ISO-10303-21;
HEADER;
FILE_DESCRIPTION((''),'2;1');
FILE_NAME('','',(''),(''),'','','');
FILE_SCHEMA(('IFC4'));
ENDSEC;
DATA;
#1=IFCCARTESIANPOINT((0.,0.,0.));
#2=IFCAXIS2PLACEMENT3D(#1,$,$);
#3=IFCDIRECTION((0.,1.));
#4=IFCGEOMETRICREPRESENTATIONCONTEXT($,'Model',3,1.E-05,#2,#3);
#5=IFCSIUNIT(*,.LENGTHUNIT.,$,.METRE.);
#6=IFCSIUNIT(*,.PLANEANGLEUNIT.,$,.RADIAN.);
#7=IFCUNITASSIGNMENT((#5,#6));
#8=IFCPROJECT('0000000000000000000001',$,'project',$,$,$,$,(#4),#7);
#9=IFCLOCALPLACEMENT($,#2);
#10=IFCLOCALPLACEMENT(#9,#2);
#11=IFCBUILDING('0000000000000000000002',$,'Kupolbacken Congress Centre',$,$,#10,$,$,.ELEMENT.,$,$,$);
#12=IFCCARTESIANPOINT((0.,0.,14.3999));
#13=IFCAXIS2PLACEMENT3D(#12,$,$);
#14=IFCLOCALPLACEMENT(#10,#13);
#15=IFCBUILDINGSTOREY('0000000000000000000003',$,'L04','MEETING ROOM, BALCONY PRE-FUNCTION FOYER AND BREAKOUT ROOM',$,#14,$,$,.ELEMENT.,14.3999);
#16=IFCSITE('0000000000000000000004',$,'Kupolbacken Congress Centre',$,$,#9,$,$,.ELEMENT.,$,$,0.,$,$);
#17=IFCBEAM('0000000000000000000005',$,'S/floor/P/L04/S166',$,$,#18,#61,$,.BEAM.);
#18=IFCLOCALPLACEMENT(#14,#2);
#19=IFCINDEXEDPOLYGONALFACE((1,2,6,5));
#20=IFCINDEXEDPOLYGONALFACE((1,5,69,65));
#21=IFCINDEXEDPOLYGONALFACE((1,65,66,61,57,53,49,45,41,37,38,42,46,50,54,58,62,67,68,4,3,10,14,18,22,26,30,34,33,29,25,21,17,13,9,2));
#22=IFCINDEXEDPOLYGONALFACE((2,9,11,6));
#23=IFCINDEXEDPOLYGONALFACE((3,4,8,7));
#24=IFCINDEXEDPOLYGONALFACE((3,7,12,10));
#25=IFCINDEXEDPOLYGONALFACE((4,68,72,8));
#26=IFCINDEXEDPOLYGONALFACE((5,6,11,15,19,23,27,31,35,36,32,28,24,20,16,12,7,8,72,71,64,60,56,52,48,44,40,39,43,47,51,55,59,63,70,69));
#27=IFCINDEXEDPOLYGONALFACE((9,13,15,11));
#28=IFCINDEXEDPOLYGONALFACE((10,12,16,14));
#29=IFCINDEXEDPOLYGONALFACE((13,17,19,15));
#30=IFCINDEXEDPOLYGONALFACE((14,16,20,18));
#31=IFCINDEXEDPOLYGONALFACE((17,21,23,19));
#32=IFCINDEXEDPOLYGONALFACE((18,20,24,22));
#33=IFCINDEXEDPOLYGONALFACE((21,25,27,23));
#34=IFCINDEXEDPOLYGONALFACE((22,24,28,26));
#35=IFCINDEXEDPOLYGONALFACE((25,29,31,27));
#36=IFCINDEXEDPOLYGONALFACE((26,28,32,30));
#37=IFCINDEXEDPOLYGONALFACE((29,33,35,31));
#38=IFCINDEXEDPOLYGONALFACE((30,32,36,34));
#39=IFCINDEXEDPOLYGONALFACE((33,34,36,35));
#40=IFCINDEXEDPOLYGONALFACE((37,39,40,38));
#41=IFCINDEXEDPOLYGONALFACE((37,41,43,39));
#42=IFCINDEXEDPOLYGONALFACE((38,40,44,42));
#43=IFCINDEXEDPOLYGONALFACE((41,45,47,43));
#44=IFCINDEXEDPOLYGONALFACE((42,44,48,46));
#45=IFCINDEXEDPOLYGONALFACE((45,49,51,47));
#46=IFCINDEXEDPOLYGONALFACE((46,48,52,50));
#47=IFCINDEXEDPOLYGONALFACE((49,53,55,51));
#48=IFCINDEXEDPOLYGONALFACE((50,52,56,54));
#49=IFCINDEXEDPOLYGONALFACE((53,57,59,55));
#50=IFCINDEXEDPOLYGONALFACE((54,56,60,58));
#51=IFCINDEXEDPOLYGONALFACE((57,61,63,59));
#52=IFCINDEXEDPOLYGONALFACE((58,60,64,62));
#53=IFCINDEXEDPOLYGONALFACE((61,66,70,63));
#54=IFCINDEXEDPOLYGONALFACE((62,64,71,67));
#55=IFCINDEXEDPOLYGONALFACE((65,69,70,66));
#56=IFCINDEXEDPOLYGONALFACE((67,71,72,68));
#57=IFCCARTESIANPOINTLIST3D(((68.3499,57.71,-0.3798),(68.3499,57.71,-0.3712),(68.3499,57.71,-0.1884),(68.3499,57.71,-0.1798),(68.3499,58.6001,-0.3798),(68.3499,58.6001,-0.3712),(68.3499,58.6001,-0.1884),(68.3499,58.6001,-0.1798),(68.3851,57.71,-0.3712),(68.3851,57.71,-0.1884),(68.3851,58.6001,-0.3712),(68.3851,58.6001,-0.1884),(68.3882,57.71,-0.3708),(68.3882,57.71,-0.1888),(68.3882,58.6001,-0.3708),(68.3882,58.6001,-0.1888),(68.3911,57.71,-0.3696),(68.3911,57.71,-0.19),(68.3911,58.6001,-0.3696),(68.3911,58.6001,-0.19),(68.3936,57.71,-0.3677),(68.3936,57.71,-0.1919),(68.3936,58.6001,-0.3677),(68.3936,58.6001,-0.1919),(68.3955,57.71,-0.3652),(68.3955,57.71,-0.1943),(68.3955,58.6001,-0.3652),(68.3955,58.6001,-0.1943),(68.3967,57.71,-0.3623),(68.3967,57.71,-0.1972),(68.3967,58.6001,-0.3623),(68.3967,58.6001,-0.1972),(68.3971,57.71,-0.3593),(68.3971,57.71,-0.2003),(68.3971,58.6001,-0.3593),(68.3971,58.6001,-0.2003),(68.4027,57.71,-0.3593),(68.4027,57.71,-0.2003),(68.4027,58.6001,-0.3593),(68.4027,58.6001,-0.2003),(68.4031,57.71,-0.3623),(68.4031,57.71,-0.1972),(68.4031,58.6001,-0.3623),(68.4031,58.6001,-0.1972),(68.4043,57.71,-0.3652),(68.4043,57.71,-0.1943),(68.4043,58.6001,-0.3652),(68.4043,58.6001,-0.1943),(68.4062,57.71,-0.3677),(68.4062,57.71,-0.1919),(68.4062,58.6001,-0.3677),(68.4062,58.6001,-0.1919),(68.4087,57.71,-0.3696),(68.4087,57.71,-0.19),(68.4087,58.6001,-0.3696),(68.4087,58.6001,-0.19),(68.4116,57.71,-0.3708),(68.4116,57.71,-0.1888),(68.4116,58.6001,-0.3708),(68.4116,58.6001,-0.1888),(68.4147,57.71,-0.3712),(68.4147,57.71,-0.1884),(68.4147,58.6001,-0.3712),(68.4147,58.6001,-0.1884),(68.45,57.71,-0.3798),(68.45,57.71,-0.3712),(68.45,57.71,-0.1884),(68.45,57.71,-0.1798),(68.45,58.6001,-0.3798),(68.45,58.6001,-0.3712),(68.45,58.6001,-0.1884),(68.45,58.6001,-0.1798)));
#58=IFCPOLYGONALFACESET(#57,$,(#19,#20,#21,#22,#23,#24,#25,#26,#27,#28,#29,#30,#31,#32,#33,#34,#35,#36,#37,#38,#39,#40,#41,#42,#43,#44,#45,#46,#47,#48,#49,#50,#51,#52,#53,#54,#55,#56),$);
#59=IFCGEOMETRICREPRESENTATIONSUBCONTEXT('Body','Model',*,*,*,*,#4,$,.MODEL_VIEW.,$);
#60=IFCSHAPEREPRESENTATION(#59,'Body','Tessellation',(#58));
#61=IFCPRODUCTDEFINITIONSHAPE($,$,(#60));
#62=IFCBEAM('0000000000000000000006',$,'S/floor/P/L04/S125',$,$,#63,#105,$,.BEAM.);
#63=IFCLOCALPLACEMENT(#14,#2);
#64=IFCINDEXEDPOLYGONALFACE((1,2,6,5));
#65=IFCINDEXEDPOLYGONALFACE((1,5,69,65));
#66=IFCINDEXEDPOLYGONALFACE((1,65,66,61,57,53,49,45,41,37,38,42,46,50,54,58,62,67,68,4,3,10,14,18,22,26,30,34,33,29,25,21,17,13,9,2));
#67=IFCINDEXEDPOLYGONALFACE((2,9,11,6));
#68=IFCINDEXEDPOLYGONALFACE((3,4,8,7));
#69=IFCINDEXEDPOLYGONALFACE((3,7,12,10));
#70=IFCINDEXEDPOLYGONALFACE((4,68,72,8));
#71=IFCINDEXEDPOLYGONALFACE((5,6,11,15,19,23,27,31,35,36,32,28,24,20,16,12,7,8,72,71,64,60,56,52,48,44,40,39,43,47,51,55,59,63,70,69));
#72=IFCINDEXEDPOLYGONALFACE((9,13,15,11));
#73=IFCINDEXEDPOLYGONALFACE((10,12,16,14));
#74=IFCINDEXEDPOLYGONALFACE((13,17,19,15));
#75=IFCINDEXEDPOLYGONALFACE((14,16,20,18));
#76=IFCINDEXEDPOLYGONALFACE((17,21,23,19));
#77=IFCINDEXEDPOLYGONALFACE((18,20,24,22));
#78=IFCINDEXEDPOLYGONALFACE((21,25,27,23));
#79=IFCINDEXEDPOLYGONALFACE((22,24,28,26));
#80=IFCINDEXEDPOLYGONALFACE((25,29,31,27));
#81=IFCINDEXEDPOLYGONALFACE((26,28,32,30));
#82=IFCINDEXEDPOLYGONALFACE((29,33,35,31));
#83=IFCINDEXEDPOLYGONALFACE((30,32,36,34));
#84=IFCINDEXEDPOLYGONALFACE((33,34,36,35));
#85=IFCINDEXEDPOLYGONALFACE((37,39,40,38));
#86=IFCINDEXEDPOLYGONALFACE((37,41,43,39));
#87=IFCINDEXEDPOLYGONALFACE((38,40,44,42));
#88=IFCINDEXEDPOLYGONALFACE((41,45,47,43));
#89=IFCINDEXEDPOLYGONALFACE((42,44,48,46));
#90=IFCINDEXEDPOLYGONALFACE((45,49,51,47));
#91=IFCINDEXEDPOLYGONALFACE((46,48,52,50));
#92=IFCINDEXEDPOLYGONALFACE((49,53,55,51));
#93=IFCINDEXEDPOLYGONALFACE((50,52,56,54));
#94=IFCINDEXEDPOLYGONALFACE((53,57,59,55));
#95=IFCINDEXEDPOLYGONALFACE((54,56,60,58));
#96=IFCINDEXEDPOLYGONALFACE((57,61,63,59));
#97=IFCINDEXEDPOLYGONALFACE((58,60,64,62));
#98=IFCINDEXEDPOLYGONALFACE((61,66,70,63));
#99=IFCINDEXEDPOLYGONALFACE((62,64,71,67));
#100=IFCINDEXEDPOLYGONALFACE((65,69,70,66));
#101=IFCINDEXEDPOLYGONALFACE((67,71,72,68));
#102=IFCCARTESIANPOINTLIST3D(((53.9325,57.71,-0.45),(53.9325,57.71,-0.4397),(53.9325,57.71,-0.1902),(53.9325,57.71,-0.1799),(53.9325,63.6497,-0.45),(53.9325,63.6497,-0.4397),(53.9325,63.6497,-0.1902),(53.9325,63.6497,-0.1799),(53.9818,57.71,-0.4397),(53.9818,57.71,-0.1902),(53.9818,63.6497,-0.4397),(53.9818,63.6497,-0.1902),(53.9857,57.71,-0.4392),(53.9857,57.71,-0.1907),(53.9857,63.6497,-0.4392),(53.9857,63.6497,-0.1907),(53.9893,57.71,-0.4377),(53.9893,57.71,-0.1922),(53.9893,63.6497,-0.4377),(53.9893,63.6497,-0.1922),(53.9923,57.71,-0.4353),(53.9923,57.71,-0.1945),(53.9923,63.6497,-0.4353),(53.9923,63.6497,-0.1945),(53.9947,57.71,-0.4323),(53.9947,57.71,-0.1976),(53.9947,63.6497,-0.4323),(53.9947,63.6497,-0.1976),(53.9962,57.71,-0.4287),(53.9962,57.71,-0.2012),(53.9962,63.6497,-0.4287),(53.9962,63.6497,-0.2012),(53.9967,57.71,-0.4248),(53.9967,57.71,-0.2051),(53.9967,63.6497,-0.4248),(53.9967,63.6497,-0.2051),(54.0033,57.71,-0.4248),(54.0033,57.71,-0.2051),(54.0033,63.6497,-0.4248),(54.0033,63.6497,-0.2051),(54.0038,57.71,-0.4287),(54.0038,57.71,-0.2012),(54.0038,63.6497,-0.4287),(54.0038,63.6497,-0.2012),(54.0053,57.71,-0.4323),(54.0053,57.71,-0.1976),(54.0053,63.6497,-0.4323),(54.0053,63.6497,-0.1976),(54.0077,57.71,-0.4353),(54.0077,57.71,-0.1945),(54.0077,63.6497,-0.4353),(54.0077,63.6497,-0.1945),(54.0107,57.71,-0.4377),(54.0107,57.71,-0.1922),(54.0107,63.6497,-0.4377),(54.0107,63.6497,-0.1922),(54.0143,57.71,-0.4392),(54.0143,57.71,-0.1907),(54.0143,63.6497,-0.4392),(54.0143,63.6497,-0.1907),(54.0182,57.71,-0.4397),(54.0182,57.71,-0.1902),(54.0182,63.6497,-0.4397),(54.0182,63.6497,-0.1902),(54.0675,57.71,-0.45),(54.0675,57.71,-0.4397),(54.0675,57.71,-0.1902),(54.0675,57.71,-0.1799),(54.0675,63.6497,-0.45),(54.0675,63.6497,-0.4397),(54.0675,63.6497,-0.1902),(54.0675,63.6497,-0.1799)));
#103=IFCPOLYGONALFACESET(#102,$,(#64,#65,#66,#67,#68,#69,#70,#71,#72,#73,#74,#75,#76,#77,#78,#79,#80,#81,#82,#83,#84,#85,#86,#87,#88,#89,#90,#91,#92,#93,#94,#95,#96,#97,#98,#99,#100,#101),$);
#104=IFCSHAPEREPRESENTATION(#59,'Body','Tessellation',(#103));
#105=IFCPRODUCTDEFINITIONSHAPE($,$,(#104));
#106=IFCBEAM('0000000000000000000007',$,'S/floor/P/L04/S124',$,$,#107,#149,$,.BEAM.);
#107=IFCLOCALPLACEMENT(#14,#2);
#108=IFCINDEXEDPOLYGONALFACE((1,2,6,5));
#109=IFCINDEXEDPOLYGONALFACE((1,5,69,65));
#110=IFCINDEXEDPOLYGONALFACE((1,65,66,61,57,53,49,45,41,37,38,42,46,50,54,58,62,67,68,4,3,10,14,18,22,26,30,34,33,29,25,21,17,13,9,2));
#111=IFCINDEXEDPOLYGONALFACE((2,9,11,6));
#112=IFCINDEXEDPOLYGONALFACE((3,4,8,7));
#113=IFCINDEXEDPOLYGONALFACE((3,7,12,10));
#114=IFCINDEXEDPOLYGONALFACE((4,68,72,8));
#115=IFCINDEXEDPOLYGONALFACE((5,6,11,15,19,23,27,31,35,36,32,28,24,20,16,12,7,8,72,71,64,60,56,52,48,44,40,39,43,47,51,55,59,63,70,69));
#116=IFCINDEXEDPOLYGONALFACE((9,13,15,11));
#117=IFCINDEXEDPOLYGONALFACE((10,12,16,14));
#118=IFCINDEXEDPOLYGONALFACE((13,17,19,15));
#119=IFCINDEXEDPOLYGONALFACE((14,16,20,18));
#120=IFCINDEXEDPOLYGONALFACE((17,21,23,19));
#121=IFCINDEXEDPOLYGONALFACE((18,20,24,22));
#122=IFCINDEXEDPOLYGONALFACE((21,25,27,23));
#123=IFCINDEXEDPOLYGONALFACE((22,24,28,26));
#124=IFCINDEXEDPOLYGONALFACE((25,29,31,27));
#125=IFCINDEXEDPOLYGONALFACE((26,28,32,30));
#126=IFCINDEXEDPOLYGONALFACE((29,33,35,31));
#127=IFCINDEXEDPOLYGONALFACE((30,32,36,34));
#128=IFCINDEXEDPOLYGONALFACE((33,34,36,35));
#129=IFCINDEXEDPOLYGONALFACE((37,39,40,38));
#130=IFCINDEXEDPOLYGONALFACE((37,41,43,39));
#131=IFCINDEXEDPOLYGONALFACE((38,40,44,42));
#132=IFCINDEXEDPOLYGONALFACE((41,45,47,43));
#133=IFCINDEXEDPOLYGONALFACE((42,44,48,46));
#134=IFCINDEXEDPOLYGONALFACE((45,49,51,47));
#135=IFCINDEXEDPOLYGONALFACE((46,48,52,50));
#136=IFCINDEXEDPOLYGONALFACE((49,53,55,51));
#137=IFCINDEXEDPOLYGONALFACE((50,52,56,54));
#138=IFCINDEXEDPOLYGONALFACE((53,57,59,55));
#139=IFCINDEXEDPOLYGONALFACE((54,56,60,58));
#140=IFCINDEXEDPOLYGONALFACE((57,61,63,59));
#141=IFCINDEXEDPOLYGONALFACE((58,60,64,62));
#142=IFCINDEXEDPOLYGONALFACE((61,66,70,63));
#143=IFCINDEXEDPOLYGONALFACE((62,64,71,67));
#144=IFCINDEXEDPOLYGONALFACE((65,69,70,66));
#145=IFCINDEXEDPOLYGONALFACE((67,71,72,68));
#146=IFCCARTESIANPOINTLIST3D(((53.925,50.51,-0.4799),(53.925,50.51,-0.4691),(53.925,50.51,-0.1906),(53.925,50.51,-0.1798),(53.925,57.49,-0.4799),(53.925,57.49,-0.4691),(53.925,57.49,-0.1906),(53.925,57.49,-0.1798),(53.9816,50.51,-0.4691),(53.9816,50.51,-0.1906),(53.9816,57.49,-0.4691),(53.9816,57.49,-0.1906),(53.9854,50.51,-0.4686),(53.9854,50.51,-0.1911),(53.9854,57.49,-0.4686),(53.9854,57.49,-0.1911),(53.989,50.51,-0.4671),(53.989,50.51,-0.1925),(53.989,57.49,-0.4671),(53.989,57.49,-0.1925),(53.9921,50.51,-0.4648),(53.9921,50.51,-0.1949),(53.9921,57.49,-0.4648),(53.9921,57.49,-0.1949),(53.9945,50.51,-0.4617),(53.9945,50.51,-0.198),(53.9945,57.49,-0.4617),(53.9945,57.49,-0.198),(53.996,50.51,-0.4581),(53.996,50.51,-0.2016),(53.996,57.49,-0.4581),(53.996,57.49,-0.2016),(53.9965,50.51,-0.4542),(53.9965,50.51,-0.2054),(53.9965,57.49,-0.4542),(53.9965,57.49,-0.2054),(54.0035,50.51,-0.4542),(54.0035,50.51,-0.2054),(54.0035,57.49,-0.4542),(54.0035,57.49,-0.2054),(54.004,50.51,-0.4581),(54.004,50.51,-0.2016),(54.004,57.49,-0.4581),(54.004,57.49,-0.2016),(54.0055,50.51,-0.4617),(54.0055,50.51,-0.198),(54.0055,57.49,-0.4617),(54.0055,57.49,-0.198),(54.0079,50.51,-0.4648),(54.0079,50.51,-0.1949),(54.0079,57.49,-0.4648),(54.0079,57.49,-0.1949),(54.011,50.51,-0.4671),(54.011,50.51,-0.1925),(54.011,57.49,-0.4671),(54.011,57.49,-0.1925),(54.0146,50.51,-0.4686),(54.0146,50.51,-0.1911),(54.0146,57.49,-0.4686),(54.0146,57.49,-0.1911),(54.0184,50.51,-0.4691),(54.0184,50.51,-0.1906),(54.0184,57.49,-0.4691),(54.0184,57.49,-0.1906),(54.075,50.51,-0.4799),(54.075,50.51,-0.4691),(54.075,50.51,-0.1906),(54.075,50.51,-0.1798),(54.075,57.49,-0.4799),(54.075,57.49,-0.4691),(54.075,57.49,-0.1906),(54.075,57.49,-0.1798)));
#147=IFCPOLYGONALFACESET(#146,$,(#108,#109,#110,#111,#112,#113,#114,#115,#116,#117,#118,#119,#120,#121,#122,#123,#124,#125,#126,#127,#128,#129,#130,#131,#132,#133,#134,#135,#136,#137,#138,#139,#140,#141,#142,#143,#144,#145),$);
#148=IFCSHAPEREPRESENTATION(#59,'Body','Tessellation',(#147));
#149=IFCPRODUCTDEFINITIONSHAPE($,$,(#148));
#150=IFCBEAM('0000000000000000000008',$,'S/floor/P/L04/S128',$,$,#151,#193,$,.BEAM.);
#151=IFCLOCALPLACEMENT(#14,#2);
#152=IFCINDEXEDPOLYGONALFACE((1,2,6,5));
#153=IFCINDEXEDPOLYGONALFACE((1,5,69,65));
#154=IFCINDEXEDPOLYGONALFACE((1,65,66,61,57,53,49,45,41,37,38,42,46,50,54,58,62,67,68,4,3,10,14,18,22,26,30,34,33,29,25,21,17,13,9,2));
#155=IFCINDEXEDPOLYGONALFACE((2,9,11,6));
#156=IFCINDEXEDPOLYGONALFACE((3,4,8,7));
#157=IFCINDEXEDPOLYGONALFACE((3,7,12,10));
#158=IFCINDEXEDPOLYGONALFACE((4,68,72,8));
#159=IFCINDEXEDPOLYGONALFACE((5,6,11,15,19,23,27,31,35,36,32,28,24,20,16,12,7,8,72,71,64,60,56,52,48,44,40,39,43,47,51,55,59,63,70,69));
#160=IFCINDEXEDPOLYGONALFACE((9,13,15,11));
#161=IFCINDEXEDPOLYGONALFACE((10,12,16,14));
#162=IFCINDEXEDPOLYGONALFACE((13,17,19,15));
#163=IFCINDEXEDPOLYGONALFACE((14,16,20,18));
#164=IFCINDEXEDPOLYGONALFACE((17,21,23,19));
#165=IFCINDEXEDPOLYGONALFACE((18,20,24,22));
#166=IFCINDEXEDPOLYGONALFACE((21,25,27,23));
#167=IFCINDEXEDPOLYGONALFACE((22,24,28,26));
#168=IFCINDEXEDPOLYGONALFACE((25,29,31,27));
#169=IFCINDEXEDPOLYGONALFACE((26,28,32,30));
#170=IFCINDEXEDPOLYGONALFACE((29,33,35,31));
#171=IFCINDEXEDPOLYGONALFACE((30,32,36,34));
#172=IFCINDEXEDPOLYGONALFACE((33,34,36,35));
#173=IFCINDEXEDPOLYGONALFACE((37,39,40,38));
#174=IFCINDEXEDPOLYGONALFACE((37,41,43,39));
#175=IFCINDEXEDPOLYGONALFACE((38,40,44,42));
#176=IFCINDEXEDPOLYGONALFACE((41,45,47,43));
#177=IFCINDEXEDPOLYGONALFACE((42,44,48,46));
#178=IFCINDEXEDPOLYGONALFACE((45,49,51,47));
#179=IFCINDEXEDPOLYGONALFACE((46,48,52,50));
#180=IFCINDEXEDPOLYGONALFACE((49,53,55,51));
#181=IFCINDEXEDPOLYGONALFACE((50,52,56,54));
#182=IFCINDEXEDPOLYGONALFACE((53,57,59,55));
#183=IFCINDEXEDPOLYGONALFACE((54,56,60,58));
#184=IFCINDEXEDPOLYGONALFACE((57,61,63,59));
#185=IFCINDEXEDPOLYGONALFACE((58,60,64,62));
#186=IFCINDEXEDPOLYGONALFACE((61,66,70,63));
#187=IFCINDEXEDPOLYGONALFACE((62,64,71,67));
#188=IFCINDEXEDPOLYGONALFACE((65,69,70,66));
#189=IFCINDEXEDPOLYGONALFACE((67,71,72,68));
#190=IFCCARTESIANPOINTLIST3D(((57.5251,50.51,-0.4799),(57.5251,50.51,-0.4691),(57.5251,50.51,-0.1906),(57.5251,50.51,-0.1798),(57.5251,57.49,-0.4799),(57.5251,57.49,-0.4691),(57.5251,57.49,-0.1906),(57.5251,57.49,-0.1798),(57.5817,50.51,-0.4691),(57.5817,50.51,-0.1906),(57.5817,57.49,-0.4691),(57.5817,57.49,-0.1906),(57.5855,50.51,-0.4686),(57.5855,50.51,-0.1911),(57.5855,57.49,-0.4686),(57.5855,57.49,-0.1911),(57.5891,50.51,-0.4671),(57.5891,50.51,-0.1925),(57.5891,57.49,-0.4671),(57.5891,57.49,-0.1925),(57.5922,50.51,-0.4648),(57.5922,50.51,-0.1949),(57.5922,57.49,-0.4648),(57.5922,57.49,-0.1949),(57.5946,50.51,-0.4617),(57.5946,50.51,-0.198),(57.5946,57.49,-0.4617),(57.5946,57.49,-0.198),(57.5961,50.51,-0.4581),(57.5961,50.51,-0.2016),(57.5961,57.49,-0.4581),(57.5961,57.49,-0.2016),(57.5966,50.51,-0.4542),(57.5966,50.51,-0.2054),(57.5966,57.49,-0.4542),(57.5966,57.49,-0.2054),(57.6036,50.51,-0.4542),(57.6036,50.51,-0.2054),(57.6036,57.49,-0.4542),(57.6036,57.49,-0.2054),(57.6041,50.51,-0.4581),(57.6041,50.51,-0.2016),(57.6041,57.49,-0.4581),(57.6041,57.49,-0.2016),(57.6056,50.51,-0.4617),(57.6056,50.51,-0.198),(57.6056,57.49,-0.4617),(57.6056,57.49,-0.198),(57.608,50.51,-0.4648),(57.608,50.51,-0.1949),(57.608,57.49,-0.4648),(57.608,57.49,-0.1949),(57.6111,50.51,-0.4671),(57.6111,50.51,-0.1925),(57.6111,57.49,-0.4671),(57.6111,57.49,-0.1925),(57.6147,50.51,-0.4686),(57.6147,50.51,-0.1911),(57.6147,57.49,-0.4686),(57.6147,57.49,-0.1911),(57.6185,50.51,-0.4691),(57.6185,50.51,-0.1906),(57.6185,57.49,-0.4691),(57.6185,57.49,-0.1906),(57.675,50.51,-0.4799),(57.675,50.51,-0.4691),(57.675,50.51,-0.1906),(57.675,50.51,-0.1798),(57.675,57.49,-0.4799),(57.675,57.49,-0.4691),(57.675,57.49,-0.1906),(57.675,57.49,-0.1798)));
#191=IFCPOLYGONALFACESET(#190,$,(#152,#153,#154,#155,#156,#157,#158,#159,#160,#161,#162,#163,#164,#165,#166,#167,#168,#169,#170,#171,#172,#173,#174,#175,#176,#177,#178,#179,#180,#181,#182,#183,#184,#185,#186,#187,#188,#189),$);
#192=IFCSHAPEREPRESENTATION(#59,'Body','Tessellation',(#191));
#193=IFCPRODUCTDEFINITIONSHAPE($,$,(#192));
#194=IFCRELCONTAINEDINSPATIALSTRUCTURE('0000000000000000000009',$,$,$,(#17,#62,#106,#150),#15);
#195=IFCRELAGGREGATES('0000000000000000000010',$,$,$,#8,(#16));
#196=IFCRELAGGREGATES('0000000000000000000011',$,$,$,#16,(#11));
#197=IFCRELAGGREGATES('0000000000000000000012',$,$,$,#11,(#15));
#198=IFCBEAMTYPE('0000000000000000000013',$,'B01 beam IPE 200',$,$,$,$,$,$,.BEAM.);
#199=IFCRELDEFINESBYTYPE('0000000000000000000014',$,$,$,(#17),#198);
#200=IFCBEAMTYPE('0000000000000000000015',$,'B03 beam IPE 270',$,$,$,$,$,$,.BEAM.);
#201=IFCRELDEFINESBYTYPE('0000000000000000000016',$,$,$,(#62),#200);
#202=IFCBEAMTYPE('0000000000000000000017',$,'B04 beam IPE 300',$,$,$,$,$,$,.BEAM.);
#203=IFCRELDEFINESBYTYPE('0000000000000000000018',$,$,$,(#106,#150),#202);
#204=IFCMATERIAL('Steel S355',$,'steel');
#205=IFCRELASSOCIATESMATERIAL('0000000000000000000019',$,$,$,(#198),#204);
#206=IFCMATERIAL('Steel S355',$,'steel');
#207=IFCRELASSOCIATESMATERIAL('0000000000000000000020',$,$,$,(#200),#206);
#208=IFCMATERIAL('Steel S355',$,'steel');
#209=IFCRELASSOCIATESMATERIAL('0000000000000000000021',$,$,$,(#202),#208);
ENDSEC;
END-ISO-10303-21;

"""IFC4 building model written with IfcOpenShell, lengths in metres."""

from ifc_helpers import new_model, si_unit, direction, frame, origin, origin_2d, place, context, subcontext, project, spatial, i_section, extrude, material, material_profile, profile_set, type_object, element, save


model = new_model("IFC4")

# Units and contexts
model_context = context("Model", 3, precision=1e-05, world=origin(), true_north=direction((0.0, 1.0)))
body_context = subcontext(model_context, "Body", "Model", "MODEL_VIEW")
ifc_project = project(units=[si_unit("LENGTHUNIT", "METRE"), si_unit("PLANEANGLEUNIT", "RADIAN")], contexts=[model_context])

# Site, building, storey
site_placement = place(None, origin())
site = spatial("IfcSite", under=ifc_project, at=site_placement, Name="Kupolbacken Congress Centre", CompositionType="ELEMENT", RefElevation=0.0)
building_placement = place(site_placement, origin())
building = spatial("IfcBuilding", under=site, at=building_placement, Name="Kupolbacken Congress Centre", CompositionType="ELEMENT")
storey_placement = place(building_placement, frame((0.0, 0.0, 14.3999)))
storey = spatial("IfcBuildingStorey", under=building, at=storey_placement, Name="L04", Description="MEETING ROOM, BALCONY PRE-FUNCTION FOYER AND BREAKOUT ROOM", CompositionType="ELEMENT", Elevation=14.3999)

# Beams
ifc_material_1 = material(Name="Steel S355", Category="steel")
ifc_material_profile_1 = material_profile(ifc_material_1, i_section(OverallWidth=0.1001, OverallDepth=0.2, WebThickness=0.0056, FlangeThickness=0.0085, FilletRadius=0.012, at=origin_2d()), Name="IPE 200")
ifc_profile_set_1 = profile_set([ifc_material_profile_1], Name="Steel S355")
beam_type_1 = type_object("IfcBeamType", Name="B01 beam IPE 200", PredefinedType="BEAM", material=ifc_profile_set_1)
beam_1_placement = place(storey_placement, frame((68.3999, 57.71, -0.2798), z_axis=(0.0, 1.0, 0.0), x_axis=(-1.0, 0.0, 0.0)))
element("IfcBeam", 1, at=beam_1_placement, inside=storey, type_object=beam_type_1, Name="S/floor/P/L04/S166", PredefinedType="BEAM", context=body_context, shape_type="SweptSolid", body=[
    extrude(i_section(OverallWidth=0.1001, OverallDepth=0.2, WebThickness=0.0056, FlangeThickness=0.0085, FilletRadius=0.012, at=origin_2d()), origin(), (0.0, 0.0, 1.0), 0.8901),
])
ifc_material_2 = material(Name="Steel S355", Category="steel")
ifc_material_profile_2 = material_profile(ifc_material_2, i_section(OverallWidth=0.135, OverallDepth=0.27, WebThickness=0.0066, FlangeThickness=0.0103, FilletRadius=0.0149, at=origin_2d()), Name="IPE 270")
ifc_profile_set_2 = profile_set([ifc_material_profile_2], Name="Steel S355")
beam_type_2 = type_object("IfcBeamType", Name="B03 beam IPE 270", PredefinedType="BEAM", material=ifc_profile_set_2)
beam_2_placement = place(storey_placement, frame((54.0, 57.71, -0.3149), z_axis=(0.0, 1.0, 0.0), x_axis=(-1.0, 0.0, 0.0)))
element("IfcBeam", 2, at=beam_2_placement, inside=storey, type_object=beam_type_2, Name="S/floor/P/L04/S125", PredefinedType="BEAM", context=body_context, shape_type="SweptSolid", body=[
    extrude(i_section(OverallWidth=0.135, OverallDepth=0.27, WebThickness=0.0066, FlangeThickness=0.0103, FilletRadius=0.0149, at=origin_2d()), origin(), (0.0, 0.0, 1.0), 5.9397),
])
ifc_material_3 = material(Name="Steel S355", Category="steel")
ifc_material_profile_3 = material_profile(ifc_material_3, i_section(OverallWidth=0.1499, OverallDepth=0.3, WebThickness=0.0071, FlangeThickness=0.0107, FilletRadius=0.0149, at=origin_2d()), Name="IPE 300")
ifc_profile_set_3 = profile_set([ifc_material_profile_3], Name="Steel S355")
beam_type_3 = type_object("IfcBeamType", Name="B04 beam IPE 300", PredefinedType="BEAM", material=ifc_profile_set_3)
for number, where, z_axis, x_axis, name in (
    (3, (54.0, 50.51, -0.3298), (0.0, 1.0, 0.0), (-1.0, 0.0, 0.0), "S/floor/P/L04/S124"),
    (4, (57.6001, 50.51, -0.3298), (0.0, 1.0, 0.0), (-1.0, 0.0, 0.0), "S/floor/P/L04/S128"),
):
    element("IfcBeam", number, at=place(storey_placement, frame(where, z_axis=z_axis, x_axis=x_axis)), inside=storey, type_object=beam_type_3, Name=name, PredefinedType="BEAM", context=body_context, shape_type="SweptSolid", body=[
        extrude(i_section(OverallWidth=0.1499, OverallDepth=0.3, WebThickness=0.0071, FlangeThickness=0.0107, FilletRadius=0.0149, at=origin_2d()), origin(), (0.0, 0.0, 1.0), 6.98),
    ])

save(model, "model.ifc")
